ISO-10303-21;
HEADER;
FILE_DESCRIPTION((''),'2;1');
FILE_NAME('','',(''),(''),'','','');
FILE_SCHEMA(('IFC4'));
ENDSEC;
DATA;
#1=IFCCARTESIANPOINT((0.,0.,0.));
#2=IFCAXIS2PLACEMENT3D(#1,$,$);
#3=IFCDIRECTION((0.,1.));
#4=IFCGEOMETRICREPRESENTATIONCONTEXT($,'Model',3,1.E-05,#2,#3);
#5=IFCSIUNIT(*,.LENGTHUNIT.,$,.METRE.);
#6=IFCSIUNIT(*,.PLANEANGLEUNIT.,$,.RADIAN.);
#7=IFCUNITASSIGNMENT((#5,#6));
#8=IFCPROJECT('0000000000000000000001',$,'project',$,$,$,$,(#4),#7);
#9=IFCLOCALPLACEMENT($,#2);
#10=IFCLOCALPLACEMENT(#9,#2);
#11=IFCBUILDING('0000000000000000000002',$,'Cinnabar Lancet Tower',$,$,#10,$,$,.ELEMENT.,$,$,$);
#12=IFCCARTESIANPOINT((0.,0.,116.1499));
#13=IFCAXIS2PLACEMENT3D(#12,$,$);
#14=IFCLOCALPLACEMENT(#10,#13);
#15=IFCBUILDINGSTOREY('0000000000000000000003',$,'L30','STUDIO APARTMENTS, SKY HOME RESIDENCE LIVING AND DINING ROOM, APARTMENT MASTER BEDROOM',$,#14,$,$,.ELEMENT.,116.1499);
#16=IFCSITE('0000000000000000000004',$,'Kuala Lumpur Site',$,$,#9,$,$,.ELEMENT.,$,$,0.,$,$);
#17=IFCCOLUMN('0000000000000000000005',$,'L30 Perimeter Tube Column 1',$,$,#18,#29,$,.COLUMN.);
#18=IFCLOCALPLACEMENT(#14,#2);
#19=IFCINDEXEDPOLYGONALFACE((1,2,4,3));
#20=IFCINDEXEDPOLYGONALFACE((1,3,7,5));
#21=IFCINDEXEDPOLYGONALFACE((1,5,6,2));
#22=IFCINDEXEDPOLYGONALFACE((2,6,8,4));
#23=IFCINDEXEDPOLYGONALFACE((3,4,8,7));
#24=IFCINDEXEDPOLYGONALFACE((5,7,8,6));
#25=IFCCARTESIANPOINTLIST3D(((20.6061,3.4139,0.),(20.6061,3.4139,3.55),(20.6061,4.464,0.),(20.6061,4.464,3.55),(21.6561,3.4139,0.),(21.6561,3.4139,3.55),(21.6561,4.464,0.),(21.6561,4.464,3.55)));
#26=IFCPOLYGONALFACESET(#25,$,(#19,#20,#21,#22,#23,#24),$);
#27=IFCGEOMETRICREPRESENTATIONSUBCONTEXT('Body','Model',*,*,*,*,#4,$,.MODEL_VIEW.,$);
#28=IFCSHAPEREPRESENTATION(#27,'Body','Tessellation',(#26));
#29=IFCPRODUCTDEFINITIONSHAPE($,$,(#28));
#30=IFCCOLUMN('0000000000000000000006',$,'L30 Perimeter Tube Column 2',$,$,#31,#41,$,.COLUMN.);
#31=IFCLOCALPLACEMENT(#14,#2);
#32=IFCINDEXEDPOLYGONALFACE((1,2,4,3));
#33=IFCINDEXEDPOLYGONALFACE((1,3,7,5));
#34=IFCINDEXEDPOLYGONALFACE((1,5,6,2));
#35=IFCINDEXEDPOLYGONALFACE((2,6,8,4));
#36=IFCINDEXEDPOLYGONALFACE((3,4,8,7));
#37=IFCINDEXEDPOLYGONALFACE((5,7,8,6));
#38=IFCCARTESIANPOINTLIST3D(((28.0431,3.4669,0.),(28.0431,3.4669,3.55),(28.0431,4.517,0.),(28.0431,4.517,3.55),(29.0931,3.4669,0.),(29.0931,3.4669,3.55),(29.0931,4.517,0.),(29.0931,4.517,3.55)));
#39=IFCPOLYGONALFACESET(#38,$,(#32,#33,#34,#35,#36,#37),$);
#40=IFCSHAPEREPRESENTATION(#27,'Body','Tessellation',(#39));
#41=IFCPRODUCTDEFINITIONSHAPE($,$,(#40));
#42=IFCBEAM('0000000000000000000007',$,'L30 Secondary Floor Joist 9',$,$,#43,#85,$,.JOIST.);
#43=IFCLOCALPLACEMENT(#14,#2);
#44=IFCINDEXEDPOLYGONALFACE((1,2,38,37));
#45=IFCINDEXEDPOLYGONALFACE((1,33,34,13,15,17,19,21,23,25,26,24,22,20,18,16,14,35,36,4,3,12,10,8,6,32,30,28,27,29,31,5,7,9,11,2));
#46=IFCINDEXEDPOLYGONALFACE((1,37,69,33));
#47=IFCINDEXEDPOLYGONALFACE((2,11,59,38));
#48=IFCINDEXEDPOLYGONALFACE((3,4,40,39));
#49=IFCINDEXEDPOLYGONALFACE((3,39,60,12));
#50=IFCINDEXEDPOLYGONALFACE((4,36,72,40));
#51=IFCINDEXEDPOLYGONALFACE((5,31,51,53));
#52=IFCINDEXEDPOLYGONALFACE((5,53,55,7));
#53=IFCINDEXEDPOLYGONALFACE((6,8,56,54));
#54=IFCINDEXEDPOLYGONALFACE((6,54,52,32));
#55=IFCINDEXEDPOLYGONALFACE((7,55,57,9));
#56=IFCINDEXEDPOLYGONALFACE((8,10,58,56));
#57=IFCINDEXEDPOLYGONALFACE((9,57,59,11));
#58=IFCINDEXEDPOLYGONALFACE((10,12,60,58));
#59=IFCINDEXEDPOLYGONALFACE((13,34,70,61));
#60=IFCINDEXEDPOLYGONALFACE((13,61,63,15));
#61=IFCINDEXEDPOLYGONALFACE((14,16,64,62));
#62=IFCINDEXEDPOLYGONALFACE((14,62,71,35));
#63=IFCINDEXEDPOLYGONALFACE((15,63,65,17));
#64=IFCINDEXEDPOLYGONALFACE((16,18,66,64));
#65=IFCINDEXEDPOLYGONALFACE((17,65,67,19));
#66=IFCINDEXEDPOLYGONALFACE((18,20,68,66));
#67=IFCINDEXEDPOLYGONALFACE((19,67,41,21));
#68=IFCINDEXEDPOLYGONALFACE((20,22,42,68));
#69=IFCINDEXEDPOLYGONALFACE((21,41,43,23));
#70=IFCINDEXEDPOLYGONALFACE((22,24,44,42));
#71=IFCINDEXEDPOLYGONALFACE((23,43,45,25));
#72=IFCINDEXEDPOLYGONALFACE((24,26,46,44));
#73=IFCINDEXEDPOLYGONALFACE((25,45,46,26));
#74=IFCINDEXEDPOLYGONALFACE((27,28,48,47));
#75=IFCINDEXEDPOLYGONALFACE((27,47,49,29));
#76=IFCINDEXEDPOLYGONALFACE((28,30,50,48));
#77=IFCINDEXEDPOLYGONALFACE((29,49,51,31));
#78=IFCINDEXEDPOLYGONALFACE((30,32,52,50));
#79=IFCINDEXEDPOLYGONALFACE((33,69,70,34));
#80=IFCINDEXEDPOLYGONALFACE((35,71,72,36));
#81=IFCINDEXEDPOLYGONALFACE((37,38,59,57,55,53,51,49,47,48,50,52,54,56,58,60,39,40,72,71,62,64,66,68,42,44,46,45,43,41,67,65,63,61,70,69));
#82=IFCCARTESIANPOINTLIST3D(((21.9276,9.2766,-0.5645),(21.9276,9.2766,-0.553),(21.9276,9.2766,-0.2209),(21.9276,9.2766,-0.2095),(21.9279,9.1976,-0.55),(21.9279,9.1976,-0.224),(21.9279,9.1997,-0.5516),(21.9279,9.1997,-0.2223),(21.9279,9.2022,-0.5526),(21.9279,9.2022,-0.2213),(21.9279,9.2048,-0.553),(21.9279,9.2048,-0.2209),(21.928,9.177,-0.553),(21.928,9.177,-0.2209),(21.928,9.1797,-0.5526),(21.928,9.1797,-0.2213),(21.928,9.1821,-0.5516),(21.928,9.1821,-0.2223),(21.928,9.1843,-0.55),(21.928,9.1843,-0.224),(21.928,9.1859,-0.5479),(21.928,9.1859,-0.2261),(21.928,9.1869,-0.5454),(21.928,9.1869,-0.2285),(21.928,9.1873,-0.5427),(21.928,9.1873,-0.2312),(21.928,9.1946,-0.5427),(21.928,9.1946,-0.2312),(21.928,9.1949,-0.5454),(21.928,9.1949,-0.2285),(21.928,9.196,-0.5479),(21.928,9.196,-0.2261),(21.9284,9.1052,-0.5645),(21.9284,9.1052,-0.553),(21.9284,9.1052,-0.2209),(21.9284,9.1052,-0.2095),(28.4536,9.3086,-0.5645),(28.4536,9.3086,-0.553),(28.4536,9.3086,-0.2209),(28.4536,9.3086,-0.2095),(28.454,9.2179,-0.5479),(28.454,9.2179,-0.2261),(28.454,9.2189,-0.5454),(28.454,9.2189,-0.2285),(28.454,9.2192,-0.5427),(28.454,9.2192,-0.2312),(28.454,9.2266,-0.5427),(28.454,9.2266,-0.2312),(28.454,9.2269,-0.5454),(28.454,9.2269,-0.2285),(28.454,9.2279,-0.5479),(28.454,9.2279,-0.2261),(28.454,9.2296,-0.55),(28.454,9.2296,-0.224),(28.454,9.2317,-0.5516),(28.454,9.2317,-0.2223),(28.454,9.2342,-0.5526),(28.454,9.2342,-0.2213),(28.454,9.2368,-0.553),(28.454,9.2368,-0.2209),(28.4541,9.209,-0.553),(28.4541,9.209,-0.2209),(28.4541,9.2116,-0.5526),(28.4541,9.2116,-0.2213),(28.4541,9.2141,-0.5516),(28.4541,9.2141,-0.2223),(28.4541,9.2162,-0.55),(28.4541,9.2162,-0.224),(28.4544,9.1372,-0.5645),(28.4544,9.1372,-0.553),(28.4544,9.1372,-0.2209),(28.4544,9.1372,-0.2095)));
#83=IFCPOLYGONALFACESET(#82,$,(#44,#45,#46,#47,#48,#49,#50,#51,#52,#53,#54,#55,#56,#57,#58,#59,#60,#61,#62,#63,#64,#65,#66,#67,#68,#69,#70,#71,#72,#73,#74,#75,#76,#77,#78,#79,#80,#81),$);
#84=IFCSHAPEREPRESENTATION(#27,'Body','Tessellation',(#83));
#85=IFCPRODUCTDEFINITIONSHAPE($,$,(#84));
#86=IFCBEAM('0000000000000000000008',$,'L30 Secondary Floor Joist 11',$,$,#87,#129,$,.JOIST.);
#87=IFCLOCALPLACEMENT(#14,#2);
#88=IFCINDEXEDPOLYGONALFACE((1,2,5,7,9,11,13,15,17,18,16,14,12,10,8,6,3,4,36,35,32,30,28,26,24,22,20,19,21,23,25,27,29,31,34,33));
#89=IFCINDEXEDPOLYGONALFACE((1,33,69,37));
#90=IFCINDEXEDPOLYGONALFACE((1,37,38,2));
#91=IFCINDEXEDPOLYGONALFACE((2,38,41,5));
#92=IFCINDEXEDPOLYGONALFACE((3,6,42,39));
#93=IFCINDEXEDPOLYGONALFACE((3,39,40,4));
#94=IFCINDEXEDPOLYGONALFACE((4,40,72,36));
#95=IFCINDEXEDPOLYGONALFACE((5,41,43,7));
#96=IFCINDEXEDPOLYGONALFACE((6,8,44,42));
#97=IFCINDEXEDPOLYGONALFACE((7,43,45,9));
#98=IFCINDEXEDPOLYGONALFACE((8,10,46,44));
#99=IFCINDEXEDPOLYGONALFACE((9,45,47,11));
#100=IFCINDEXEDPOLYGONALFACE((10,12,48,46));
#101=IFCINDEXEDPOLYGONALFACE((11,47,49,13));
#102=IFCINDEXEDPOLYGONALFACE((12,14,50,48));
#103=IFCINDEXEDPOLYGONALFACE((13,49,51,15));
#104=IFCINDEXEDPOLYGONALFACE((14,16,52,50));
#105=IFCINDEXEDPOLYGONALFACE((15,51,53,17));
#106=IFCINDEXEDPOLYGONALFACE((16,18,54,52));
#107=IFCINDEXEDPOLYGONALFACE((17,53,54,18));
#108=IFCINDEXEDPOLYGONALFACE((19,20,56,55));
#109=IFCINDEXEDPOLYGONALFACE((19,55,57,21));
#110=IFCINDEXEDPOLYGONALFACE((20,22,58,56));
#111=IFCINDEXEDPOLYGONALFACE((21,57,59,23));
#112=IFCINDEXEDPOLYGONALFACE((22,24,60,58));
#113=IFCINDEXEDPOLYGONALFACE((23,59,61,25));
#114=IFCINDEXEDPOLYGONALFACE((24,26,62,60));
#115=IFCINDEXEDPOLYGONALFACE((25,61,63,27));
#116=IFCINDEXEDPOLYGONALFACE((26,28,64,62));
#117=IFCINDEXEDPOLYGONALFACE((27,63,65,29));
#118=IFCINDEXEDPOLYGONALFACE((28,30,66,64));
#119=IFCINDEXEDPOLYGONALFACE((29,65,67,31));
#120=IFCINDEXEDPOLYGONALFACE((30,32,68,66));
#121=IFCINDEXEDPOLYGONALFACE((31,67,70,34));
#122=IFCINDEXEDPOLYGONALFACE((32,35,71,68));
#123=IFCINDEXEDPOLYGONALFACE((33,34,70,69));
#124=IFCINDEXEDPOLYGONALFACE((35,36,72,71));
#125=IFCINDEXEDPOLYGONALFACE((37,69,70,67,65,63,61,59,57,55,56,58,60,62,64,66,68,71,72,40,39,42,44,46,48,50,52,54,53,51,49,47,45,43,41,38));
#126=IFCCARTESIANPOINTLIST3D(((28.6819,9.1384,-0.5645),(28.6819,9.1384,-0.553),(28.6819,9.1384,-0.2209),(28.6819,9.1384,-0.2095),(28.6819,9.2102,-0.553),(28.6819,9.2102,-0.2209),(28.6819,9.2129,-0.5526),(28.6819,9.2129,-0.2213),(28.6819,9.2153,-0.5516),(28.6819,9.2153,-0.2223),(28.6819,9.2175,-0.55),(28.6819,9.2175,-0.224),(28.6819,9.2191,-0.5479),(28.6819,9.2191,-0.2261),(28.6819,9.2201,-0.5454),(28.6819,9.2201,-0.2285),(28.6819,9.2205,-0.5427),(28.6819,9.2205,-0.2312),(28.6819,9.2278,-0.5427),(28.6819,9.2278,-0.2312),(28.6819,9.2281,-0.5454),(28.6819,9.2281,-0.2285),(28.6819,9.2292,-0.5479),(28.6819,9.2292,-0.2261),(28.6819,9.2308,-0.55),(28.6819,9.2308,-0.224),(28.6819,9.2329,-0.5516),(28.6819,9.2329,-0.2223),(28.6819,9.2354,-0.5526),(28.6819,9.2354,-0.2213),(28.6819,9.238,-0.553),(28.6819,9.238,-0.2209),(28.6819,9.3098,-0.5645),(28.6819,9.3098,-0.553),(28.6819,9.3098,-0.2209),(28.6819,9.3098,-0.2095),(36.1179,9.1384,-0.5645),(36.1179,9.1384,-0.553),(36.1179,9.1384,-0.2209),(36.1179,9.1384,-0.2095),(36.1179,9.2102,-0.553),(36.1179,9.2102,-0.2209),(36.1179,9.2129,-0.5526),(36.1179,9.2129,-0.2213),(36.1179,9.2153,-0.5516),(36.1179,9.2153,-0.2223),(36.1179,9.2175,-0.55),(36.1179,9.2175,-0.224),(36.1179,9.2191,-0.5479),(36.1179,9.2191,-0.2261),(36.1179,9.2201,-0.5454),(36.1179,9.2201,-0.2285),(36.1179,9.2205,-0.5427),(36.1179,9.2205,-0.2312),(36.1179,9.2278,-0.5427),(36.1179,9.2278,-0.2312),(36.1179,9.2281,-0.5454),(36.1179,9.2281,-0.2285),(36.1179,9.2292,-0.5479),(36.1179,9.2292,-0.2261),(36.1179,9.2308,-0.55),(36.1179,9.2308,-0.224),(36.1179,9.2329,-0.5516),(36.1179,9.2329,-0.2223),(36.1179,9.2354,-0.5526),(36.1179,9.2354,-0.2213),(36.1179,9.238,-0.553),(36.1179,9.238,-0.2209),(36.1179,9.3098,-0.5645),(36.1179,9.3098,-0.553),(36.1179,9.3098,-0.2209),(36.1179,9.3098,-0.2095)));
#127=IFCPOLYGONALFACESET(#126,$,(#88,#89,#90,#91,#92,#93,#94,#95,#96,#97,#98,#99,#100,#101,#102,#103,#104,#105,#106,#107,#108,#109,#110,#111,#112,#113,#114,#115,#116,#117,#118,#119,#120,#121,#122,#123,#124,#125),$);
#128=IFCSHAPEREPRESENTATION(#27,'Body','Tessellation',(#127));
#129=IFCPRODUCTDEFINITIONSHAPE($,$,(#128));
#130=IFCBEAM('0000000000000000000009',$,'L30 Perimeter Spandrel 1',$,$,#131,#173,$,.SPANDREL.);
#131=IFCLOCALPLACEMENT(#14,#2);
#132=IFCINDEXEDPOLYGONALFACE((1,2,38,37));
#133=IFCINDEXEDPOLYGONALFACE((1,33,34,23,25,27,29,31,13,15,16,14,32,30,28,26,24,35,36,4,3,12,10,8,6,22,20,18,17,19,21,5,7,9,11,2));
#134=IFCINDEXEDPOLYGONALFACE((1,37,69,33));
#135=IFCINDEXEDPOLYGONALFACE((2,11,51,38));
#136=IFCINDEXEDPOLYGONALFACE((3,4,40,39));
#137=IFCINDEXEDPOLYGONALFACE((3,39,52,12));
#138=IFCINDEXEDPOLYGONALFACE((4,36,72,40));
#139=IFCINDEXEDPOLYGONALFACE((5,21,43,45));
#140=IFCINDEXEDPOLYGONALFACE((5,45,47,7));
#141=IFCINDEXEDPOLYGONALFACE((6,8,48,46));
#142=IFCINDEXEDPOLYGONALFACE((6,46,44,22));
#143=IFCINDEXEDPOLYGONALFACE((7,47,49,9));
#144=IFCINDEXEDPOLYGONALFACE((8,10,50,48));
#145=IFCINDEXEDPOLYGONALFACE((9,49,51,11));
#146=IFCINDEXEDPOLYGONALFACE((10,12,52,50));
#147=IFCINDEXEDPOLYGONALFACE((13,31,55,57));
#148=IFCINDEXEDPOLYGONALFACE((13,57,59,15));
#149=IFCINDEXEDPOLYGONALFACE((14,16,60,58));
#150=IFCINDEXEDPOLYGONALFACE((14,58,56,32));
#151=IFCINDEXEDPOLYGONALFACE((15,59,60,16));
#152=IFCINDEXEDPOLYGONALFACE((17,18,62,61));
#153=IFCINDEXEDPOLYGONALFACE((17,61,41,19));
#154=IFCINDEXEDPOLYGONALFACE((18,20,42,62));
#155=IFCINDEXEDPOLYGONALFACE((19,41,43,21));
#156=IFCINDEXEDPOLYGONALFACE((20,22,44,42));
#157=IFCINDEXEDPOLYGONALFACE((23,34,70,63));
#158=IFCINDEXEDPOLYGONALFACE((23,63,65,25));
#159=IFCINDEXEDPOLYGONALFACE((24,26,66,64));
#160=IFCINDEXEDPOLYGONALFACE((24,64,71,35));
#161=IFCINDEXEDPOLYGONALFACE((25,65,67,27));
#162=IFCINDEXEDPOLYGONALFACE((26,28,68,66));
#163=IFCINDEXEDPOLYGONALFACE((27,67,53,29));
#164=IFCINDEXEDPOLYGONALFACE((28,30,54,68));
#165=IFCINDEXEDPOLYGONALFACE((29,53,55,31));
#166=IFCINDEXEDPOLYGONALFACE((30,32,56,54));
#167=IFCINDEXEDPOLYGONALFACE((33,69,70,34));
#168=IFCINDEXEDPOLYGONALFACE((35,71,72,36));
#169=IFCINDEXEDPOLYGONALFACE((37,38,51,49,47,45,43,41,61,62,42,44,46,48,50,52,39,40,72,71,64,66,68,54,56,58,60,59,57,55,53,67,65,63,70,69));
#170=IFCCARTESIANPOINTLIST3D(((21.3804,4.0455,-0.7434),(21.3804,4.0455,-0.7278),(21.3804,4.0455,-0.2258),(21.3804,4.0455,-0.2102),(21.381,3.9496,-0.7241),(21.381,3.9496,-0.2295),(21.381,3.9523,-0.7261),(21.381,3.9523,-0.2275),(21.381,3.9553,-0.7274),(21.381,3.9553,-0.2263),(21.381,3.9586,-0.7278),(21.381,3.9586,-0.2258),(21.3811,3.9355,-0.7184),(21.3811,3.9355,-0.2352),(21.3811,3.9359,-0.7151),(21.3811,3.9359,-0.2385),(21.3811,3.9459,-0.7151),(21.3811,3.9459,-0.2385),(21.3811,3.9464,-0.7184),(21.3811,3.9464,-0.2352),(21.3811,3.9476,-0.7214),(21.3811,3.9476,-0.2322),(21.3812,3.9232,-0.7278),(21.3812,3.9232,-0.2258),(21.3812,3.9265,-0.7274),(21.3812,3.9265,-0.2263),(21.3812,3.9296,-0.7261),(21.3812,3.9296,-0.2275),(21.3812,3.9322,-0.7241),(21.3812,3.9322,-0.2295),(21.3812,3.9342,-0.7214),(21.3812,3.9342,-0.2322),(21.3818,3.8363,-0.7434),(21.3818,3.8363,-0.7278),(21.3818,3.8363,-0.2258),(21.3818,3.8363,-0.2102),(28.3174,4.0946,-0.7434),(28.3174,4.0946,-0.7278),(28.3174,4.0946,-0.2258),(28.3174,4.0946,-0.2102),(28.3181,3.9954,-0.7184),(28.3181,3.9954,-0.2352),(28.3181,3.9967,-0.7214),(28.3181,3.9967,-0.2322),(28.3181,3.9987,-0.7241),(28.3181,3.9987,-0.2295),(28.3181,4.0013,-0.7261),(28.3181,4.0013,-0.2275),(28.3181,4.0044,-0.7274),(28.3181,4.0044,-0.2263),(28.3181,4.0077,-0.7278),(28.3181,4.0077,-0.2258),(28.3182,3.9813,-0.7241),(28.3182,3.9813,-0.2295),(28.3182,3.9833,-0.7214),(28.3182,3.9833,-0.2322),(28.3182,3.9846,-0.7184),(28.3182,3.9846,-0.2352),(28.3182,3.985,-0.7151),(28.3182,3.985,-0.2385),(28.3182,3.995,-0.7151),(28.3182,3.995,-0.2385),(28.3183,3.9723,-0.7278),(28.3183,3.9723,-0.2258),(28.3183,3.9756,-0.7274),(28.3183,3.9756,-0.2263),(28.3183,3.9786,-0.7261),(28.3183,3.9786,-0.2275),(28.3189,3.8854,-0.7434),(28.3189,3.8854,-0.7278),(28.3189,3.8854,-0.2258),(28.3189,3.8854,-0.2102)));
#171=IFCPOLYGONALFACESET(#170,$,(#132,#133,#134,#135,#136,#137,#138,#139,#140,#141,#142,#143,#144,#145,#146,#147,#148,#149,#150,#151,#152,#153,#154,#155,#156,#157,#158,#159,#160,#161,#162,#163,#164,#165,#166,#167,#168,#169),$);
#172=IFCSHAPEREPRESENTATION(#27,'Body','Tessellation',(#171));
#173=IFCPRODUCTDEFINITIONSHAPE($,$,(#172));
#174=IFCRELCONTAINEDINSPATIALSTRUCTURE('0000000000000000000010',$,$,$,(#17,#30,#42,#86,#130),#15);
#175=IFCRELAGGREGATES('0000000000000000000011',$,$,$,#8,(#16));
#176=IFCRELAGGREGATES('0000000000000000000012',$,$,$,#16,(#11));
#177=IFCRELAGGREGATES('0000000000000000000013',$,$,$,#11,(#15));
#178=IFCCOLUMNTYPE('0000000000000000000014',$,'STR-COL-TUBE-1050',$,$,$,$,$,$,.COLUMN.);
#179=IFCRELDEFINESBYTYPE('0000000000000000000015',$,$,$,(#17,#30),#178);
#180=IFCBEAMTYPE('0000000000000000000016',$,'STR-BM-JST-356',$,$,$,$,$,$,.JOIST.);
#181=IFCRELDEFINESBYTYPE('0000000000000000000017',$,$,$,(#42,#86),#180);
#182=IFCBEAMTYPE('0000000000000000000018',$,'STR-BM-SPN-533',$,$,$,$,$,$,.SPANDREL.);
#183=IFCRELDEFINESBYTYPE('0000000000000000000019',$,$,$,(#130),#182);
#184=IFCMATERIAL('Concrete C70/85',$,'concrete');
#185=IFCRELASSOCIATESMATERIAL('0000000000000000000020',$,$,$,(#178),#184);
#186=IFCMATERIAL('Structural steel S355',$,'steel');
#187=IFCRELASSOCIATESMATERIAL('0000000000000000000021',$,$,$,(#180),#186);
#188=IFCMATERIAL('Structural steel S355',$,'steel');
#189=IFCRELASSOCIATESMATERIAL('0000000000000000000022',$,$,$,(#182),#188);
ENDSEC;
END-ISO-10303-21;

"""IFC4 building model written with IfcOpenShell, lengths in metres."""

from ifc_helpers import new_model, si_unit, direction, frame, origin, origin_2d, place, context, subcontext, project, spatial, rectangle, i_section, extrude, material, material_profile, profile_set, type_object, element, save


model = new_model("IFC4")

# Units and contexts
model_context = context("Model", 3, precision=1e-05, world=origin(), true_north=direction((0.0, 1.0)))
body_context = subcontext(model_context, "Body", "Model", "MODEL_VIEW")
ifc_project = project(units=[si_unit("LENGTHUNIT", "METRE"), si_unit("PLANEANGLEUNIT", "RADIAN")], contexts=[model_context])

# Site, building, storey
site_placement = place(None, origin())
site = spatial("IfcSite", under=ifc_project, at=site_placement, Name="Kuala Lumpur Site", CompositionType="ELEMENT", RefElevation=0.0)
building_placement = place(site_placement, origin())
building = spatial("IfcBuilding", under=site, at=building_placement, Name="Cinnabar Lancet Tower", CompositionType="ELEMENT")
storey_placement = place(building_placement, frame((0.0, 0.0, 116.1499)))
storey = spatial("IfcBuildingStorey", under=building, at=storey_placement, Name="L30", Description="STUDIO APARTMENTS, SKY HOME RESIDENCE LIVING AND DINING ROOM, APARTMENT MASTER BEDROOM", CompositionType="ELEMENT", Elevation=116.1499)

# Columns
ifc_material_1 = material(Name="Concrete C70/85", Category="concrete")
ifc_material_profile_1 = material_profile(ifc_material_1, rectangle(XDim=1.05, YDim=1.05, at=origin_2d()), Name="RC-COL 1050x1050")
ifc_profile_set_1 = profile_set([ifc_material_profile_1], Name="Concrete C70/85")
column_type = type_object("IfcColumnType", Name="STR-COL-TUBE-1050", PredefinedType="COLUMN", material=ifc_profile_set_1)
for number, where, z_axis, x_axis, name in (
    (1, (21.1311, 3.939, 0.0), (0.0, 0.0, 1.0), (1.0, 0.0, 0.0), "L30 Perimeter Tube Column 1"),
    (2, (28.5681, 3.9919, 0.0), (0.0, 0.0, 1.0), (1.0, 0.0, 0.0), "L30 Perimeter Tube Column 2"),
):
    element("IfcColumn", number, at=place(storey_placement, frame(where, z_axis=z_axis, x_axis=x_axis)), inside=storey, type_object=column_type, Name=name, PredefinedType="COLUMN", context=body_context, shape_type="SweptSolid", body=[
        extrude(rectangle(XDim=1.05, YDim=1.05, at=origin_2d()), origin(), (0.0, 0.0, 1.0), 3.55),
    ])

# Beams
ifc_material_2 = material(Name="Structural steel S355", Category="steel")
ifc_material_profile_2 = material_profile(ifc_material_2, i_section(OverallWidth=0.1714, OverallDepth=0.355, WebThickness=0.0073, FlangeThickness=0.0115, FilletRadius=0.0103, at=origin_2d()), Name="UKB 356x171x51")
ifc_profile_set_2 = profile_set([ifc_material_profile_2], Name="Structural steel S355")
beam_type_1 = type_object("IfcBeamType", Name="STR-BM-JST-356", PredefinedType="JOIST", material=ifc_profile_set_2)
beam_1_placement = place(storey_placement, frame((21.928, 9.1909, -0.387), z_axis=(0.999988, 0.004901, 0.0), x_axis=(-0.004901, 0.999988, 0.0)))
element("IfcBeam", 3, at=beam_1_placement, inside=storey, type_object=beam_type_1, Name="L30 Secondary Floor Joist 9", PredefinedType="JOIST", context=body_context, shape_type="SweptSolid", body=[
    extrude(i_section(OverallWidth=0.1714, OverallDepth=0.355, WebThickness=0.0073, FlangeThickness=0.0115, FilletRadius=0.0103, at=origin_2d()), origin(), (0.0, 0.0, 1.0), 6.5261),
])
beam_2_placement = place(storey_placement, frame((28.6819, 9.2241, -0.387), z_axis=(1.0, 0.0, 0.0), x_axis=(0.0, 1.0, 0.0)))
element("IfcBeam", 4, at=beam_2_placement, inside=storey, type_object=beam_type_1, Name="L30 Secondary Floor Joist 11", PredefinedType="JOIST", context=body_context, shape_type="SweptSolid", body=[
    extrude(i_section(OverallWidth=0.1714, OverallDepth=0.355, WebThickness=0.0073, FlangeThickness=0.0115, FilletRadius=0.0103, at=origin_2d()), origin(), (0.0, 0.0, 1.0), 7.436),
])
ifc_material_3 = material(Name="Structural steel S355", Category="steel")
ifc_material_profile_3 = material_profile(ifc_material_3, i_section(OverallWidth=0.2092, OverallDepth=0.5332, WebThickness=0.01, FlangeThickness=0.0156, FilletRadius=0.0127, at=origin_2d()), Name="UKB 533x210x92")
ifc_profile_set_3 = profile_set([ifc_material_profile_3], Name="Structural steel S355")
beam_type_2 = type_object("IfcBeamType", Name="STR-BM-SPN-533", PredefinedType="SPANDREL", material=ifc_profile_set_3)
beam_3_placement = place(storey_placement, frame((21.3811, 3.9409, -0.4768), z_axis=(0.999975, 0.007074, 0.0), x_axis=(-0.007074, 0.999975, 0.0)))
element("IfcBeam", 5, at=beam_3_placement, inside=storey, type_object=beam_type_2, Name="L30 Perimeter Spandrel 1", PredefinedType="SPANDREL", context=body_context, shape_type="SweptSolid", body=[
    extrude(i_section(OverallWidth=0.2092, OverallDepth=0.5332, WebThickness=0.01, FlangeThickness=0.0156, FilletRadius=0.0127, at=origin_2d()), origin(), (0.0, 0.0, 1.0), 6.9373),
])

save(model, "model.ifc")
